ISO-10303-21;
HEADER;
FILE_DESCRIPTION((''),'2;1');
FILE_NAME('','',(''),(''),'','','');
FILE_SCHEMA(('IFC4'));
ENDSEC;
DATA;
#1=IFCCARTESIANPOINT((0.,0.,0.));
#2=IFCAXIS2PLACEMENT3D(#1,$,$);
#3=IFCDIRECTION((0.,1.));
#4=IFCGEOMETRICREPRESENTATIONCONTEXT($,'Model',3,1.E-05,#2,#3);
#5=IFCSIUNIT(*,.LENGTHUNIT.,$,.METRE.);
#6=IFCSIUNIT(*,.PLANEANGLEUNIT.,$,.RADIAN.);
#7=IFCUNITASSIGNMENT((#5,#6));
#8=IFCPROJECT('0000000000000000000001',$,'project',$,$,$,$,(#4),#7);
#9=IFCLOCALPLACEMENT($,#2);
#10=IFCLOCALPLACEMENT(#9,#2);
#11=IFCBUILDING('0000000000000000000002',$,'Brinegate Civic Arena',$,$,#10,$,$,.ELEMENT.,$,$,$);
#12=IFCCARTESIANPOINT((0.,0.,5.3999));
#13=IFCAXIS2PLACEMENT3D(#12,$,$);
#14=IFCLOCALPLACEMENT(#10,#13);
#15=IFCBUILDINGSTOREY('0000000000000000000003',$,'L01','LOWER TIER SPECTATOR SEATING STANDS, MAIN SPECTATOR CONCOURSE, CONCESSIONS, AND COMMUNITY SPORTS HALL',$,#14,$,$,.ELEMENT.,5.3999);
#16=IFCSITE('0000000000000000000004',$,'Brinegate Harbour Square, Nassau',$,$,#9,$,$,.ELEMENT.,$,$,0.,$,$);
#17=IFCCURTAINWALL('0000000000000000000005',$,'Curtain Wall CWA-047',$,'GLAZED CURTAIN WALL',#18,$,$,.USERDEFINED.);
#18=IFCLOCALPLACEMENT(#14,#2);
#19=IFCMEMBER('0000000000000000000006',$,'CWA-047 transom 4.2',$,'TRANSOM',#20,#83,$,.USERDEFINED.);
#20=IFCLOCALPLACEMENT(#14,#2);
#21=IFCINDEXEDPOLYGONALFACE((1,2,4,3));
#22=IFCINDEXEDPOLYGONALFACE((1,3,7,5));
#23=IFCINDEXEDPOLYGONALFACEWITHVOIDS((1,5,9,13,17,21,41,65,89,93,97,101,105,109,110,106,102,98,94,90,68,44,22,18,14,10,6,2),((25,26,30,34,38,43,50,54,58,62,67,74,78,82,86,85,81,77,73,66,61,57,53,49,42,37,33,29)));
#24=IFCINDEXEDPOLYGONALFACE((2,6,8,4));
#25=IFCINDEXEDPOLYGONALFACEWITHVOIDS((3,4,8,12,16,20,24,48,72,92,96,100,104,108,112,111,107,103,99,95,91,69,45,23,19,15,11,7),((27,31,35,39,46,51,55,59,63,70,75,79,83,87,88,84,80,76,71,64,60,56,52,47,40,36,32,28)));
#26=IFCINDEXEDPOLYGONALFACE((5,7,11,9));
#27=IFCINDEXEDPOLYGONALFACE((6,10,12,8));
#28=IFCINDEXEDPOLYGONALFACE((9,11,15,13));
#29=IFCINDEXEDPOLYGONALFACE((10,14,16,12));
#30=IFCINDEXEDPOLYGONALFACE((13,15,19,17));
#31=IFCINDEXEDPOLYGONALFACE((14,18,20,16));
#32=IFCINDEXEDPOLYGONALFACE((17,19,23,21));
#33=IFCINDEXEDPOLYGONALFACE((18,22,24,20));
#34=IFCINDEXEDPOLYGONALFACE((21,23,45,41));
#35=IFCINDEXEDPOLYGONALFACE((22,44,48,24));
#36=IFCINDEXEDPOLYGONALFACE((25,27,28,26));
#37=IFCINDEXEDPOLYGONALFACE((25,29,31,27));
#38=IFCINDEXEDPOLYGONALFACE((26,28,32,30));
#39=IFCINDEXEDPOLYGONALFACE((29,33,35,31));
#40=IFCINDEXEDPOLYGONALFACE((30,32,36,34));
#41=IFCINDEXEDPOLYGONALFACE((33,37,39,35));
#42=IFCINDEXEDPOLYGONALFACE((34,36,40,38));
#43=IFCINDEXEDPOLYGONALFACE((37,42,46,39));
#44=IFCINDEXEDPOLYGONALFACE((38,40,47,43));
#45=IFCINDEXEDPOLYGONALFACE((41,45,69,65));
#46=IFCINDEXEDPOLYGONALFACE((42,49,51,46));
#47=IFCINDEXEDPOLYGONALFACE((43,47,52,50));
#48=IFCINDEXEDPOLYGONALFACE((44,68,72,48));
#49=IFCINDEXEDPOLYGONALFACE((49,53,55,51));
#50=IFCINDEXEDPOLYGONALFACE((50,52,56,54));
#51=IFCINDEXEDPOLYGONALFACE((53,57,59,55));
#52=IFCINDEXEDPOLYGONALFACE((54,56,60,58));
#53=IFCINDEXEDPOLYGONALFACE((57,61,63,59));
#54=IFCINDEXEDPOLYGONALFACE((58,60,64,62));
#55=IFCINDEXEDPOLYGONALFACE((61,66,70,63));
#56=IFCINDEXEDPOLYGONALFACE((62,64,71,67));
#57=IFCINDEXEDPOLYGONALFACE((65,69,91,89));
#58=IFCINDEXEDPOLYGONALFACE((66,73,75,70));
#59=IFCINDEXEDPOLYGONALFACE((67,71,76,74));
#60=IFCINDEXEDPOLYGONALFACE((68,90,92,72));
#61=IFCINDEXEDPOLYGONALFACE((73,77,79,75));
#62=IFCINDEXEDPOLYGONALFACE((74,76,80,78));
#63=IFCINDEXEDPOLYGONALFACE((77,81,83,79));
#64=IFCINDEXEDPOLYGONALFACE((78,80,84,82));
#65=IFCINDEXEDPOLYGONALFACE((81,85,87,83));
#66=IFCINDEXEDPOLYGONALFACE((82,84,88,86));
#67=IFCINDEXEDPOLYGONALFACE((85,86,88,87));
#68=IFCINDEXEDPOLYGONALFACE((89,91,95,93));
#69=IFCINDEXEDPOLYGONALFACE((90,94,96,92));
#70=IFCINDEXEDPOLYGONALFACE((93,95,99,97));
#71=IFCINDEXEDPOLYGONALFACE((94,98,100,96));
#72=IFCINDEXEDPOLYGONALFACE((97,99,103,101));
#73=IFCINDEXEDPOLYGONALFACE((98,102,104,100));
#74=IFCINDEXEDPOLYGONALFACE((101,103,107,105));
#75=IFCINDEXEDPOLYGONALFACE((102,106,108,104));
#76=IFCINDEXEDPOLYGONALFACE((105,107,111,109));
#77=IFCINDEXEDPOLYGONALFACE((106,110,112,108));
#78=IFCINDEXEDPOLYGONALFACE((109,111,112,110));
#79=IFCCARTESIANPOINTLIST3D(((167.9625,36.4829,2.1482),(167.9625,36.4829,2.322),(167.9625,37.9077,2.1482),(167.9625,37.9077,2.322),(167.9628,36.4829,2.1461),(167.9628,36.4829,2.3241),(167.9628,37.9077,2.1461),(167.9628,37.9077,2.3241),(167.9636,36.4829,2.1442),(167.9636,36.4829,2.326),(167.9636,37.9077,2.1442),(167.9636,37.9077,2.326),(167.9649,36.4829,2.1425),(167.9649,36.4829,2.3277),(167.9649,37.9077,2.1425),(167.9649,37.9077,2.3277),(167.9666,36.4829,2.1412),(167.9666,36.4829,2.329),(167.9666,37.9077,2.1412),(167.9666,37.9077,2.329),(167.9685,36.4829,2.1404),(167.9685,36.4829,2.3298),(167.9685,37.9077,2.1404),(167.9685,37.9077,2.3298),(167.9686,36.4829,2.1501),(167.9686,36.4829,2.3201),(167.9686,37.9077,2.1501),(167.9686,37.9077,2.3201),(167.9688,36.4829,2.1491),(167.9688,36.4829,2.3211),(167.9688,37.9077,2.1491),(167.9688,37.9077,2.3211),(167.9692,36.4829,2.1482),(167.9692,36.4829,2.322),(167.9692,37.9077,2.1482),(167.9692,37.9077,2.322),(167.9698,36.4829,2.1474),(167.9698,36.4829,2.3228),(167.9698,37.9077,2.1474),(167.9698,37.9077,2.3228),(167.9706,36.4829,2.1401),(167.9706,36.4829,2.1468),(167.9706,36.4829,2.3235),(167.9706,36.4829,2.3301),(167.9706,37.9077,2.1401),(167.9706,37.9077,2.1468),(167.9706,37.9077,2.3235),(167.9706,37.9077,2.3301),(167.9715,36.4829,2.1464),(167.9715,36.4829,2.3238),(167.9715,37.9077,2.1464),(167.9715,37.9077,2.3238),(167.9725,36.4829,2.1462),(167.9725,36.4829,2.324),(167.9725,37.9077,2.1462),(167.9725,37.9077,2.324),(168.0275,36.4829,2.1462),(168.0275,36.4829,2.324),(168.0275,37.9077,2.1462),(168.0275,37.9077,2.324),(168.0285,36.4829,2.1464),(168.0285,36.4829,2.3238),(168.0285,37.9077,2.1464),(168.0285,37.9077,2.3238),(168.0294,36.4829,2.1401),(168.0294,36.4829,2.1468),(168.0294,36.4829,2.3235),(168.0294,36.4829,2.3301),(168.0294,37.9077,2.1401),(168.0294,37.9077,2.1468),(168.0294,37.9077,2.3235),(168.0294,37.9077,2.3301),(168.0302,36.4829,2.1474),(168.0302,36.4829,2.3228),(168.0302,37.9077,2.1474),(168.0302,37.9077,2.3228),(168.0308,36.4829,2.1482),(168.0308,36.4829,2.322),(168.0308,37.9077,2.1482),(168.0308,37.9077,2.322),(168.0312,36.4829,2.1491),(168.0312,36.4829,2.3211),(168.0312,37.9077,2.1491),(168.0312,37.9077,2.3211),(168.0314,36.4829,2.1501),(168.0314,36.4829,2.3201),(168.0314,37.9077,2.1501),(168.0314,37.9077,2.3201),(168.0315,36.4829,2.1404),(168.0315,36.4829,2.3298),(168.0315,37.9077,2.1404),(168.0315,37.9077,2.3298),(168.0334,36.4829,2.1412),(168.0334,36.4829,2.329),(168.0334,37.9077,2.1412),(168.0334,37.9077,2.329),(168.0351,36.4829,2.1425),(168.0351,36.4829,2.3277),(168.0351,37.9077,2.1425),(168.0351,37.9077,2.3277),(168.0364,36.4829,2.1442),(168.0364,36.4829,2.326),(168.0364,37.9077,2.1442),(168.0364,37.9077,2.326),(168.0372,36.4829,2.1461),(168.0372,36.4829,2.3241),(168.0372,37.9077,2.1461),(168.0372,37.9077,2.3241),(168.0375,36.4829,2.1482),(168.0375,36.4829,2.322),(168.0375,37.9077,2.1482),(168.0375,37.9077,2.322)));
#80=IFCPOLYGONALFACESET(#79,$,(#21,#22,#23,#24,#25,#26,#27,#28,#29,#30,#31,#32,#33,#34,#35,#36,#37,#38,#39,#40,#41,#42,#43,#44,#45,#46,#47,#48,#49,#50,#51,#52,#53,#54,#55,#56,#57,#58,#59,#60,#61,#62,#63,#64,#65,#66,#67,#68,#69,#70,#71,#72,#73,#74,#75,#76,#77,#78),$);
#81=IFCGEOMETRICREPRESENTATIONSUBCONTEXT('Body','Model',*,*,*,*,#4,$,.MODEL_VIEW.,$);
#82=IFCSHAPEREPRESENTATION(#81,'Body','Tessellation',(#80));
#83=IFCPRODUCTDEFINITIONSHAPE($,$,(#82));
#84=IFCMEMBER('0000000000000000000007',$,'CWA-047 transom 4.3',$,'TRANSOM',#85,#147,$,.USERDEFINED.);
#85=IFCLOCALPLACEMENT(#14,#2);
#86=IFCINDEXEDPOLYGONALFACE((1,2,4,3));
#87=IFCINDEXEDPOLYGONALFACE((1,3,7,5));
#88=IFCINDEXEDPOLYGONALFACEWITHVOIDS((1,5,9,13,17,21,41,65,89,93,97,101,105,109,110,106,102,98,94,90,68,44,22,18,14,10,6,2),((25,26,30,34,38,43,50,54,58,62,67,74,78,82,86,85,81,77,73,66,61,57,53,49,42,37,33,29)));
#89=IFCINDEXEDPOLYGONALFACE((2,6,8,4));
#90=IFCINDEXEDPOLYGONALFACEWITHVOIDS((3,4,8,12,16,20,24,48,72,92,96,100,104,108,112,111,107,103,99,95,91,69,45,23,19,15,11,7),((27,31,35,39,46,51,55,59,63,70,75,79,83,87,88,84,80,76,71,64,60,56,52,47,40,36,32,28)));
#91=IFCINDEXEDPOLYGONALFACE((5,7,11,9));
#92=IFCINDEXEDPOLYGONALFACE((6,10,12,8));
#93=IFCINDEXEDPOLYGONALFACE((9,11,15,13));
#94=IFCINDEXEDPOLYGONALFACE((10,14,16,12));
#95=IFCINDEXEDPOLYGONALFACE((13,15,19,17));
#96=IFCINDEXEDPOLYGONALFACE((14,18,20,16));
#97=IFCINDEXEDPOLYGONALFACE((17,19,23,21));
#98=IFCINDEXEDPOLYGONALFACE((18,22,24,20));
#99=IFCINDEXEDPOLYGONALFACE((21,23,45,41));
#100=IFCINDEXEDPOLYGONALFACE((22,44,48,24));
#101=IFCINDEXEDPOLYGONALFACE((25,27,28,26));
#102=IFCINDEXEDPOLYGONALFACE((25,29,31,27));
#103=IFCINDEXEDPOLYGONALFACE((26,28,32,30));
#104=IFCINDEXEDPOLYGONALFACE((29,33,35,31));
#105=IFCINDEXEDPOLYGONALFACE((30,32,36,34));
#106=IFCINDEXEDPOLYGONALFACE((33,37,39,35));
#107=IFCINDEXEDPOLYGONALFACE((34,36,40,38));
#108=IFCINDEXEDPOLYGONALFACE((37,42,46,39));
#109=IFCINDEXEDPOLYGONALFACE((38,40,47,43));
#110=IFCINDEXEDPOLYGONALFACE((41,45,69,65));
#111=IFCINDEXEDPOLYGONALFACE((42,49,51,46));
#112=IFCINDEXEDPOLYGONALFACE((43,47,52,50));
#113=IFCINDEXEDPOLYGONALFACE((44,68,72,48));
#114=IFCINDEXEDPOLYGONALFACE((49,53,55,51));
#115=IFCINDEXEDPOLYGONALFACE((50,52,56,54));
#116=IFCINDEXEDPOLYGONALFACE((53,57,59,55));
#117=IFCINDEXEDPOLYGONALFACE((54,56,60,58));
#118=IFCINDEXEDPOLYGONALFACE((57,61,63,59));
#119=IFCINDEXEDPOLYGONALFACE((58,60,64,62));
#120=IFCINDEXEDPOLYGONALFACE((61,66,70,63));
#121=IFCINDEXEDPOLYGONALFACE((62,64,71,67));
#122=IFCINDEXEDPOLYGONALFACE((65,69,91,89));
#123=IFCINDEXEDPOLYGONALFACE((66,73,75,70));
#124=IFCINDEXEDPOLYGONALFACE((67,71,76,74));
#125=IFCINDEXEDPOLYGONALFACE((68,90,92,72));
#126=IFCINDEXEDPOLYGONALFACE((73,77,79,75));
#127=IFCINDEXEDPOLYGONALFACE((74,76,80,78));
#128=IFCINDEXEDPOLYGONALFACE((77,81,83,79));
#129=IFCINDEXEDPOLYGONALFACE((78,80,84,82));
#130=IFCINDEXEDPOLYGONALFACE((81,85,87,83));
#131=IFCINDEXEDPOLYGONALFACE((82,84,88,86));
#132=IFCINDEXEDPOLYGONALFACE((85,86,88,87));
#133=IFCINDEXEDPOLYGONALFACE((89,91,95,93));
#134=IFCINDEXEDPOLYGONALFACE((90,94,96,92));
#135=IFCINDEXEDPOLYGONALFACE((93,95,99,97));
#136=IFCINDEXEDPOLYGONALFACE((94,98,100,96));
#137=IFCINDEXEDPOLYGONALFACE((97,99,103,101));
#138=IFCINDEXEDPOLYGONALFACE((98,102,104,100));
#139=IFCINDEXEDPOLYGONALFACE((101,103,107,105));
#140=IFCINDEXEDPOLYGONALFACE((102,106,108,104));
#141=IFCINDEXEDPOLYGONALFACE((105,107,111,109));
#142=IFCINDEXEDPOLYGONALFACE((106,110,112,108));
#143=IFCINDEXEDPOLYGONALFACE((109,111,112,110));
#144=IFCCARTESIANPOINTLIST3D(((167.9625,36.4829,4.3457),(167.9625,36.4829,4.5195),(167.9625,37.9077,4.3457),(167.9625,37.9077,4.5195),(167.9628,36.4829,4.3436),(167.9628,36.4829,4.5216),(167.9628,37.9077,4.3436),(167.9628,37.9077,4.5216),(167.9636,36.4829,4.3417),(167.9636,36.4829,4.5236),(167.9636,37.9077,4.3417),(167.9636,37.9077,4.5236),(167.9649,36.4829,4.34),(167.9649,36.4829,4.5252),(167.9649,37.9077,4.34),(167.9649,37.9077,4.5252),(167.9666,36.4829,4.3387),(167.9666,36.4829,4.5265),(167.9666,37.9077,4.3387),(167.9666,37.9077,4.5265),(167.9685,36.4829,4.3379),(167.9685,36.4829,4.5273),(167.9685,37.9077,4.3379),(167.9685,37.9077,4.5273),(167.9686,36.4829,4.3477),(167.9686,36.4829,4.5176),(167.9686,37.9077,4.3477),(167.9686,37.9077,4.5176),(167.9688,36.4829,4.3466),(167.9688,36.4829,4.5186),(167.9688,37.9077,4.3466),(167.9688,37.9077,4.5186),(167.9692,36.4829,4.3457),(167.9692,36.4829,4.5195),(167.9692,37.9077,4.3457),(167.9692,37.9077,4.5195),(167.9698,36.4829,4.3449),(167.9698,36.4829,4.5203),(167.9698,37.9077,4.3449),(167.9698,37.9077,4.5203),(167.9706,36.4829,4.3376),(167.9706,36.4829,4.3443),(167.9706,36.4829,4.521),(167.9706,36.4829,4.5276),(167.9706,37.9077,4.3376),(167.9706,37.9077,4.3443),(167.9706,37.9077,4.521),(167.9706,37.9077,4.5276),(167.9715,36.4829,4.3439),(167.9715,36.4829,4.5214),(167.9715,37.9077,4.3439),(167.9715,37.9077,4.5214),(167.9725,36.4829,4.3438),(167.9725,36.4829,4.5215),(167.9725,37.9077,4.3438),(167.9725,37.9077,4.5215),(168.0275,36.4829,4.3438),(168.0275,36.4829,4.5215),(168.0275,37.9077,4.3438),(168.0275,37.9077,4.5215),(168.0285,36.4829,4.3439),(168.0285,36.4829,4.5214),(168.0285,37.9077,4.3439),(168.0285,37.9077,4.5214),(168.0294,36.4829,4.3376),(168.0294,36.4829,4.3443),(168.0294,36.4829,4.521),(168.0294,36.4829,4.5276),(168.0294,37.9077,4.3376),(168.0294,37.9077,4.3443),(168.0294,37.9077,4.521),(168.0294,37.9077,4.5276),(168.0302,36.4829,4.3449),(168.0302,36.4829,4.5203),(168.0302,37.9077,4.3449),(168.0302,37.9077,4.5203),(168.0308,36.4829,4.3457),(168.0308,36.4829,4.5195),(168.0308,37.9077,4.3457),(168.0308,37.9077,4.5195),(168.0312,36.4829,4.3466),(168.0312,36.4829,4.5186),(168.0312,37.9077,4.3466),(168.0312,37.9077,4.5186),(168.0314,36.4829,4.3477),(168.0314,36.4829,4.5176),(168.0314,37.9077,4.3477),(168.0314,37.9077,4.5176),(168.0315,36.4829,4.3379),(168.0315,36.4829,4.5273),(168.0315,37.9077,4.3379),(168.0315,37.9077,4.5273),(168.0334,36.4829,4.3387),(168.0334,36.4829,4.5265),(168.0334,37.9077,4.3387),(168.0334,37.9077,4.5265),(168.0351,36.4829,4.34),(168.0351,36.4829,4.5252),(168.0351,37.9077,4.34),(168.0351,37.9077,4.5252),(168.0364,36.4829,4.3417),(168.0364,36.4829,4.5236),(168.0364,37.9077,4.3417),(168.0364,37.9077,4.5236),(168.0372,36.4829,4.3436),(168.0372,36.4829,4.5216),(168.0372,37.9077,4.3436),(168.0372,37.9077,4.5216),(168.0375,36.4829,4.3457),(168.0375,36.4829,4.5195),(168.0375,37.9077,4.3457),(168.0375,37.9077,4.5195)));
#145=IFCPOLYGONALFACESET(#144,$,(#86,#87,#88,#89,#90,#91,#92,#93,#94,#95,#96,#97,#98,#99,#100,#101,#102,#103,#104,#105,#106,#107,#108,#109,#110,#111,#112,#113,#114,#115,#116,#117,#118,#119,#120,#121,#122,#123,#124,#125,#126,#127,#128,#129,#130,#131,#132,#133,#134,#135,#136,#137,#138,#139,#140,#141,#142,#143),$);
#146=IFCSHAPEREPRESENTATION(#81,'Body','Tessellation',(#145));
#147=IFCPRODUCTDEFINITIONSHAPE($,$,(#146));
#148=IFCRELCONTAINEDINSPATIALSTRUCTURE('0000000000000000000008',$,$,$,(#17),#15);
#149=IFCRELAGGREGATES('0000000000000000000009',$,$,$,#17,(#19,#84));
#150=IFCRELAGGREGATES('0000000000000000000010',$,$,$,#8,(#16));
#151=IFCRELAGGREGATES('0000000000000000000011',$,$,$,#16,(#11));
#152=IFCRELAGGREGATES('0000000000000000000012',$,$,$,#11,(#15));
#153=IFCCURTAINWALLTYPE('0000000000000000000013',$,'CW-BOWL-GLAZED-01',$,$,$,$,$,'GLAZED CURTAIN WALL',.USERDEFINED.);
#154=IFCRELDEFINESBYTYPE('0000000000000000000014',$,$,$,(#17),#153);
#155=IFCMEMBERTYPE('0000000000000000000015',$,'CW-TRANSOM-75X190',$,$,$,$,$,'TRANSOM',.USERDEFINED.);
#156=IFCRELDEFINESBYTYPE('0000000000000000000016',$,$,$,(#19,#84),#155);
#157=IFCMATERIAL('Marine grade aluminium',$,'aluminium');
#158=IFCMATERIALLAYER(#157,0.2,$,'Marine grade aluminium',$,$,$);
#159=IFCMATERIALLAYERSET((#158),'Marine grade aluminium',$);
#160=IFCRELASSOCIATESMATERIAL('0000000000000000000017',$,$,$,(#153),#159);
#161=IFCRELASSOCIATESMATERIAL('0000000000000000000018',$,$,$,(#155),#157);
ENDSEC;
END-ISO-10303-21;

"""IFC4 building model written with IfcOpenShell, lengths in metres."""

from ifc_helpers import new_model, si_unit, direction, frame, origin, origin_2d, place, context, subcontext, project, spatial, hollow_rectangle, extrude, material, layer, layer_set, material_profile, profile_set, type_object, element, aggregate, save


model = new_model("IFC4")

# Units and contexts
model_context = context("Model", 3, precision=1e-05, world=origin(), true_north=direction((0.0, 1.0)))
body_context = subcontext(model_context, "Body", "Model", "MODEL_VIEW")
ifc_project = project(units=[si_unit("LENGTHUNIT", "METRE"), si_unit("PLANEANGLEUNIT", "RADIAN")], contexts=[model_context])

# Site, building, storey
site_placement = place(None, origin())
site = spatial("IfcSite", under=ifc_project, at=site_placement, Name="Brinegate Harbour Square, Nassau", CompositionType="ELEMENT", RefElevation=0.0)
building_placement = place(site_placement, origin())
building = spatial("IfcBuilding", under=site, at=building_placement, Name="Brinegate Civic Arena", CompositionType="ELEMENT")
storey_placement = place(building_placement, frame((0.0, 0.0, 5.3999)))
storey = spatial("IfcBuildingStorey", under=building, at=storey_placement, Name="L01", Description="LOWER TIER SPECTATOR SEATING STANDS, MAIN SPECTATOR CONCOURSE, CONCESSIONS, AND COMMUNITY SPORTS HALL", CompositionType="ELEMENT", Elevation=5.3999)

# Curtain wall, members
ifc_material_1 = material(Name="Marine grade aluminium", Category="aluminium")
ifc_layer_1 = layer(ifc_material_1, 0.2, Name="Marine grade aluminium")
ifc_layer_set_1 = layer_set([ifc_layer_1], Name="Marine grade aluminium")
curtain_wall_type = type_object("IfcCurtainWallType", Name="CW-BOWL-GLAZED-01", ElementType="GLAZED CURTAIN WALL", PredefinedType="USERDEFINED", material=ifc_layer_set_1)
curtain_wall_placement = place(storey_placement, origin())
curtain_wall = element("IfcCurtainWall", 1, at=curtain_wall_placement, inside=storey, type_object=curtain_wall_type, Name="Curtain Wall CWA-047", ObjectType="GLAZED CURTAIN WALL", PredefinedType="USERDEFINED")
ifc_material_profile_1 = material_profile(ifc_material_1, hollow_rectangle(XDim=0.075, YDim=0.1899, WallThickness=0.0061, InnerFilletRadius=0.0039, OuterFilletRadius=0.0081, at=origin_2d()), Name="TRN75X190")
ifc_profile_set_1 = profile_set([ifc_material_profile_1], Name="Marine grade aluminium")
member_type_1 = type_object("IfcMemberType", Name="CW-TRANSOM-75X190", ElementType="TRANSOM", PredefinedType="USERDEFINED", material=ifc_profile_set_1)
member_1_placement = place(storey_placement, frame((168.0, 36.4829, 2.2351), z_axis=(0.0, 1.0, 0.0), x_axis=(-1.0, 0.0, 0.0)))
member_1 = element("IfcMember", 2, at=member_1_placement, type_object=member_type_1, Name="CWA-047 transom 4.2", ObjectType="TRANSOM", PredefinedType="USERDEFINED", context=body_context, shape_type="SweptSolid", body=[
    extrude(hollow_rectangle(XDim=0.075, YDim=0.1899, WallThickness=0.0061, InnerFilletRadius=0.0039, OuterFilletRadius=0.0081, at=origin_2d()), origin(), (0.0, 0.0, 1.0), 1.4248),
])
member_2_placement = place(storey_placement, frame((168.0, 36.4829, 4.4326), z_axis=(0.0, 1.0, 0.0), x_axis=(-1.0, 0.0, 0.0)))
member_2 = element("IfcMember", 3, at=member_2_placement, type_object=member_type_1, Name="CWA-047 transom 4.3", ObjectType="TRANSOM", PredefinedType="USERDEFINED", context=body_context, shape_type="SweptSolid", body=[
    extrude(hollow_rectangle(XDim=0.075, YDim=0.1899, WallThickness=0.0061, InnerFilletRadius=0.0039, OuterFilletRadius=0.0081, at=origin_2d()), origin(), (0.0, 0.0, 1.0), 1.4248),
])
aggregate(curtain_wall, [member_1, member_2])

save(model, "model.ifc")
